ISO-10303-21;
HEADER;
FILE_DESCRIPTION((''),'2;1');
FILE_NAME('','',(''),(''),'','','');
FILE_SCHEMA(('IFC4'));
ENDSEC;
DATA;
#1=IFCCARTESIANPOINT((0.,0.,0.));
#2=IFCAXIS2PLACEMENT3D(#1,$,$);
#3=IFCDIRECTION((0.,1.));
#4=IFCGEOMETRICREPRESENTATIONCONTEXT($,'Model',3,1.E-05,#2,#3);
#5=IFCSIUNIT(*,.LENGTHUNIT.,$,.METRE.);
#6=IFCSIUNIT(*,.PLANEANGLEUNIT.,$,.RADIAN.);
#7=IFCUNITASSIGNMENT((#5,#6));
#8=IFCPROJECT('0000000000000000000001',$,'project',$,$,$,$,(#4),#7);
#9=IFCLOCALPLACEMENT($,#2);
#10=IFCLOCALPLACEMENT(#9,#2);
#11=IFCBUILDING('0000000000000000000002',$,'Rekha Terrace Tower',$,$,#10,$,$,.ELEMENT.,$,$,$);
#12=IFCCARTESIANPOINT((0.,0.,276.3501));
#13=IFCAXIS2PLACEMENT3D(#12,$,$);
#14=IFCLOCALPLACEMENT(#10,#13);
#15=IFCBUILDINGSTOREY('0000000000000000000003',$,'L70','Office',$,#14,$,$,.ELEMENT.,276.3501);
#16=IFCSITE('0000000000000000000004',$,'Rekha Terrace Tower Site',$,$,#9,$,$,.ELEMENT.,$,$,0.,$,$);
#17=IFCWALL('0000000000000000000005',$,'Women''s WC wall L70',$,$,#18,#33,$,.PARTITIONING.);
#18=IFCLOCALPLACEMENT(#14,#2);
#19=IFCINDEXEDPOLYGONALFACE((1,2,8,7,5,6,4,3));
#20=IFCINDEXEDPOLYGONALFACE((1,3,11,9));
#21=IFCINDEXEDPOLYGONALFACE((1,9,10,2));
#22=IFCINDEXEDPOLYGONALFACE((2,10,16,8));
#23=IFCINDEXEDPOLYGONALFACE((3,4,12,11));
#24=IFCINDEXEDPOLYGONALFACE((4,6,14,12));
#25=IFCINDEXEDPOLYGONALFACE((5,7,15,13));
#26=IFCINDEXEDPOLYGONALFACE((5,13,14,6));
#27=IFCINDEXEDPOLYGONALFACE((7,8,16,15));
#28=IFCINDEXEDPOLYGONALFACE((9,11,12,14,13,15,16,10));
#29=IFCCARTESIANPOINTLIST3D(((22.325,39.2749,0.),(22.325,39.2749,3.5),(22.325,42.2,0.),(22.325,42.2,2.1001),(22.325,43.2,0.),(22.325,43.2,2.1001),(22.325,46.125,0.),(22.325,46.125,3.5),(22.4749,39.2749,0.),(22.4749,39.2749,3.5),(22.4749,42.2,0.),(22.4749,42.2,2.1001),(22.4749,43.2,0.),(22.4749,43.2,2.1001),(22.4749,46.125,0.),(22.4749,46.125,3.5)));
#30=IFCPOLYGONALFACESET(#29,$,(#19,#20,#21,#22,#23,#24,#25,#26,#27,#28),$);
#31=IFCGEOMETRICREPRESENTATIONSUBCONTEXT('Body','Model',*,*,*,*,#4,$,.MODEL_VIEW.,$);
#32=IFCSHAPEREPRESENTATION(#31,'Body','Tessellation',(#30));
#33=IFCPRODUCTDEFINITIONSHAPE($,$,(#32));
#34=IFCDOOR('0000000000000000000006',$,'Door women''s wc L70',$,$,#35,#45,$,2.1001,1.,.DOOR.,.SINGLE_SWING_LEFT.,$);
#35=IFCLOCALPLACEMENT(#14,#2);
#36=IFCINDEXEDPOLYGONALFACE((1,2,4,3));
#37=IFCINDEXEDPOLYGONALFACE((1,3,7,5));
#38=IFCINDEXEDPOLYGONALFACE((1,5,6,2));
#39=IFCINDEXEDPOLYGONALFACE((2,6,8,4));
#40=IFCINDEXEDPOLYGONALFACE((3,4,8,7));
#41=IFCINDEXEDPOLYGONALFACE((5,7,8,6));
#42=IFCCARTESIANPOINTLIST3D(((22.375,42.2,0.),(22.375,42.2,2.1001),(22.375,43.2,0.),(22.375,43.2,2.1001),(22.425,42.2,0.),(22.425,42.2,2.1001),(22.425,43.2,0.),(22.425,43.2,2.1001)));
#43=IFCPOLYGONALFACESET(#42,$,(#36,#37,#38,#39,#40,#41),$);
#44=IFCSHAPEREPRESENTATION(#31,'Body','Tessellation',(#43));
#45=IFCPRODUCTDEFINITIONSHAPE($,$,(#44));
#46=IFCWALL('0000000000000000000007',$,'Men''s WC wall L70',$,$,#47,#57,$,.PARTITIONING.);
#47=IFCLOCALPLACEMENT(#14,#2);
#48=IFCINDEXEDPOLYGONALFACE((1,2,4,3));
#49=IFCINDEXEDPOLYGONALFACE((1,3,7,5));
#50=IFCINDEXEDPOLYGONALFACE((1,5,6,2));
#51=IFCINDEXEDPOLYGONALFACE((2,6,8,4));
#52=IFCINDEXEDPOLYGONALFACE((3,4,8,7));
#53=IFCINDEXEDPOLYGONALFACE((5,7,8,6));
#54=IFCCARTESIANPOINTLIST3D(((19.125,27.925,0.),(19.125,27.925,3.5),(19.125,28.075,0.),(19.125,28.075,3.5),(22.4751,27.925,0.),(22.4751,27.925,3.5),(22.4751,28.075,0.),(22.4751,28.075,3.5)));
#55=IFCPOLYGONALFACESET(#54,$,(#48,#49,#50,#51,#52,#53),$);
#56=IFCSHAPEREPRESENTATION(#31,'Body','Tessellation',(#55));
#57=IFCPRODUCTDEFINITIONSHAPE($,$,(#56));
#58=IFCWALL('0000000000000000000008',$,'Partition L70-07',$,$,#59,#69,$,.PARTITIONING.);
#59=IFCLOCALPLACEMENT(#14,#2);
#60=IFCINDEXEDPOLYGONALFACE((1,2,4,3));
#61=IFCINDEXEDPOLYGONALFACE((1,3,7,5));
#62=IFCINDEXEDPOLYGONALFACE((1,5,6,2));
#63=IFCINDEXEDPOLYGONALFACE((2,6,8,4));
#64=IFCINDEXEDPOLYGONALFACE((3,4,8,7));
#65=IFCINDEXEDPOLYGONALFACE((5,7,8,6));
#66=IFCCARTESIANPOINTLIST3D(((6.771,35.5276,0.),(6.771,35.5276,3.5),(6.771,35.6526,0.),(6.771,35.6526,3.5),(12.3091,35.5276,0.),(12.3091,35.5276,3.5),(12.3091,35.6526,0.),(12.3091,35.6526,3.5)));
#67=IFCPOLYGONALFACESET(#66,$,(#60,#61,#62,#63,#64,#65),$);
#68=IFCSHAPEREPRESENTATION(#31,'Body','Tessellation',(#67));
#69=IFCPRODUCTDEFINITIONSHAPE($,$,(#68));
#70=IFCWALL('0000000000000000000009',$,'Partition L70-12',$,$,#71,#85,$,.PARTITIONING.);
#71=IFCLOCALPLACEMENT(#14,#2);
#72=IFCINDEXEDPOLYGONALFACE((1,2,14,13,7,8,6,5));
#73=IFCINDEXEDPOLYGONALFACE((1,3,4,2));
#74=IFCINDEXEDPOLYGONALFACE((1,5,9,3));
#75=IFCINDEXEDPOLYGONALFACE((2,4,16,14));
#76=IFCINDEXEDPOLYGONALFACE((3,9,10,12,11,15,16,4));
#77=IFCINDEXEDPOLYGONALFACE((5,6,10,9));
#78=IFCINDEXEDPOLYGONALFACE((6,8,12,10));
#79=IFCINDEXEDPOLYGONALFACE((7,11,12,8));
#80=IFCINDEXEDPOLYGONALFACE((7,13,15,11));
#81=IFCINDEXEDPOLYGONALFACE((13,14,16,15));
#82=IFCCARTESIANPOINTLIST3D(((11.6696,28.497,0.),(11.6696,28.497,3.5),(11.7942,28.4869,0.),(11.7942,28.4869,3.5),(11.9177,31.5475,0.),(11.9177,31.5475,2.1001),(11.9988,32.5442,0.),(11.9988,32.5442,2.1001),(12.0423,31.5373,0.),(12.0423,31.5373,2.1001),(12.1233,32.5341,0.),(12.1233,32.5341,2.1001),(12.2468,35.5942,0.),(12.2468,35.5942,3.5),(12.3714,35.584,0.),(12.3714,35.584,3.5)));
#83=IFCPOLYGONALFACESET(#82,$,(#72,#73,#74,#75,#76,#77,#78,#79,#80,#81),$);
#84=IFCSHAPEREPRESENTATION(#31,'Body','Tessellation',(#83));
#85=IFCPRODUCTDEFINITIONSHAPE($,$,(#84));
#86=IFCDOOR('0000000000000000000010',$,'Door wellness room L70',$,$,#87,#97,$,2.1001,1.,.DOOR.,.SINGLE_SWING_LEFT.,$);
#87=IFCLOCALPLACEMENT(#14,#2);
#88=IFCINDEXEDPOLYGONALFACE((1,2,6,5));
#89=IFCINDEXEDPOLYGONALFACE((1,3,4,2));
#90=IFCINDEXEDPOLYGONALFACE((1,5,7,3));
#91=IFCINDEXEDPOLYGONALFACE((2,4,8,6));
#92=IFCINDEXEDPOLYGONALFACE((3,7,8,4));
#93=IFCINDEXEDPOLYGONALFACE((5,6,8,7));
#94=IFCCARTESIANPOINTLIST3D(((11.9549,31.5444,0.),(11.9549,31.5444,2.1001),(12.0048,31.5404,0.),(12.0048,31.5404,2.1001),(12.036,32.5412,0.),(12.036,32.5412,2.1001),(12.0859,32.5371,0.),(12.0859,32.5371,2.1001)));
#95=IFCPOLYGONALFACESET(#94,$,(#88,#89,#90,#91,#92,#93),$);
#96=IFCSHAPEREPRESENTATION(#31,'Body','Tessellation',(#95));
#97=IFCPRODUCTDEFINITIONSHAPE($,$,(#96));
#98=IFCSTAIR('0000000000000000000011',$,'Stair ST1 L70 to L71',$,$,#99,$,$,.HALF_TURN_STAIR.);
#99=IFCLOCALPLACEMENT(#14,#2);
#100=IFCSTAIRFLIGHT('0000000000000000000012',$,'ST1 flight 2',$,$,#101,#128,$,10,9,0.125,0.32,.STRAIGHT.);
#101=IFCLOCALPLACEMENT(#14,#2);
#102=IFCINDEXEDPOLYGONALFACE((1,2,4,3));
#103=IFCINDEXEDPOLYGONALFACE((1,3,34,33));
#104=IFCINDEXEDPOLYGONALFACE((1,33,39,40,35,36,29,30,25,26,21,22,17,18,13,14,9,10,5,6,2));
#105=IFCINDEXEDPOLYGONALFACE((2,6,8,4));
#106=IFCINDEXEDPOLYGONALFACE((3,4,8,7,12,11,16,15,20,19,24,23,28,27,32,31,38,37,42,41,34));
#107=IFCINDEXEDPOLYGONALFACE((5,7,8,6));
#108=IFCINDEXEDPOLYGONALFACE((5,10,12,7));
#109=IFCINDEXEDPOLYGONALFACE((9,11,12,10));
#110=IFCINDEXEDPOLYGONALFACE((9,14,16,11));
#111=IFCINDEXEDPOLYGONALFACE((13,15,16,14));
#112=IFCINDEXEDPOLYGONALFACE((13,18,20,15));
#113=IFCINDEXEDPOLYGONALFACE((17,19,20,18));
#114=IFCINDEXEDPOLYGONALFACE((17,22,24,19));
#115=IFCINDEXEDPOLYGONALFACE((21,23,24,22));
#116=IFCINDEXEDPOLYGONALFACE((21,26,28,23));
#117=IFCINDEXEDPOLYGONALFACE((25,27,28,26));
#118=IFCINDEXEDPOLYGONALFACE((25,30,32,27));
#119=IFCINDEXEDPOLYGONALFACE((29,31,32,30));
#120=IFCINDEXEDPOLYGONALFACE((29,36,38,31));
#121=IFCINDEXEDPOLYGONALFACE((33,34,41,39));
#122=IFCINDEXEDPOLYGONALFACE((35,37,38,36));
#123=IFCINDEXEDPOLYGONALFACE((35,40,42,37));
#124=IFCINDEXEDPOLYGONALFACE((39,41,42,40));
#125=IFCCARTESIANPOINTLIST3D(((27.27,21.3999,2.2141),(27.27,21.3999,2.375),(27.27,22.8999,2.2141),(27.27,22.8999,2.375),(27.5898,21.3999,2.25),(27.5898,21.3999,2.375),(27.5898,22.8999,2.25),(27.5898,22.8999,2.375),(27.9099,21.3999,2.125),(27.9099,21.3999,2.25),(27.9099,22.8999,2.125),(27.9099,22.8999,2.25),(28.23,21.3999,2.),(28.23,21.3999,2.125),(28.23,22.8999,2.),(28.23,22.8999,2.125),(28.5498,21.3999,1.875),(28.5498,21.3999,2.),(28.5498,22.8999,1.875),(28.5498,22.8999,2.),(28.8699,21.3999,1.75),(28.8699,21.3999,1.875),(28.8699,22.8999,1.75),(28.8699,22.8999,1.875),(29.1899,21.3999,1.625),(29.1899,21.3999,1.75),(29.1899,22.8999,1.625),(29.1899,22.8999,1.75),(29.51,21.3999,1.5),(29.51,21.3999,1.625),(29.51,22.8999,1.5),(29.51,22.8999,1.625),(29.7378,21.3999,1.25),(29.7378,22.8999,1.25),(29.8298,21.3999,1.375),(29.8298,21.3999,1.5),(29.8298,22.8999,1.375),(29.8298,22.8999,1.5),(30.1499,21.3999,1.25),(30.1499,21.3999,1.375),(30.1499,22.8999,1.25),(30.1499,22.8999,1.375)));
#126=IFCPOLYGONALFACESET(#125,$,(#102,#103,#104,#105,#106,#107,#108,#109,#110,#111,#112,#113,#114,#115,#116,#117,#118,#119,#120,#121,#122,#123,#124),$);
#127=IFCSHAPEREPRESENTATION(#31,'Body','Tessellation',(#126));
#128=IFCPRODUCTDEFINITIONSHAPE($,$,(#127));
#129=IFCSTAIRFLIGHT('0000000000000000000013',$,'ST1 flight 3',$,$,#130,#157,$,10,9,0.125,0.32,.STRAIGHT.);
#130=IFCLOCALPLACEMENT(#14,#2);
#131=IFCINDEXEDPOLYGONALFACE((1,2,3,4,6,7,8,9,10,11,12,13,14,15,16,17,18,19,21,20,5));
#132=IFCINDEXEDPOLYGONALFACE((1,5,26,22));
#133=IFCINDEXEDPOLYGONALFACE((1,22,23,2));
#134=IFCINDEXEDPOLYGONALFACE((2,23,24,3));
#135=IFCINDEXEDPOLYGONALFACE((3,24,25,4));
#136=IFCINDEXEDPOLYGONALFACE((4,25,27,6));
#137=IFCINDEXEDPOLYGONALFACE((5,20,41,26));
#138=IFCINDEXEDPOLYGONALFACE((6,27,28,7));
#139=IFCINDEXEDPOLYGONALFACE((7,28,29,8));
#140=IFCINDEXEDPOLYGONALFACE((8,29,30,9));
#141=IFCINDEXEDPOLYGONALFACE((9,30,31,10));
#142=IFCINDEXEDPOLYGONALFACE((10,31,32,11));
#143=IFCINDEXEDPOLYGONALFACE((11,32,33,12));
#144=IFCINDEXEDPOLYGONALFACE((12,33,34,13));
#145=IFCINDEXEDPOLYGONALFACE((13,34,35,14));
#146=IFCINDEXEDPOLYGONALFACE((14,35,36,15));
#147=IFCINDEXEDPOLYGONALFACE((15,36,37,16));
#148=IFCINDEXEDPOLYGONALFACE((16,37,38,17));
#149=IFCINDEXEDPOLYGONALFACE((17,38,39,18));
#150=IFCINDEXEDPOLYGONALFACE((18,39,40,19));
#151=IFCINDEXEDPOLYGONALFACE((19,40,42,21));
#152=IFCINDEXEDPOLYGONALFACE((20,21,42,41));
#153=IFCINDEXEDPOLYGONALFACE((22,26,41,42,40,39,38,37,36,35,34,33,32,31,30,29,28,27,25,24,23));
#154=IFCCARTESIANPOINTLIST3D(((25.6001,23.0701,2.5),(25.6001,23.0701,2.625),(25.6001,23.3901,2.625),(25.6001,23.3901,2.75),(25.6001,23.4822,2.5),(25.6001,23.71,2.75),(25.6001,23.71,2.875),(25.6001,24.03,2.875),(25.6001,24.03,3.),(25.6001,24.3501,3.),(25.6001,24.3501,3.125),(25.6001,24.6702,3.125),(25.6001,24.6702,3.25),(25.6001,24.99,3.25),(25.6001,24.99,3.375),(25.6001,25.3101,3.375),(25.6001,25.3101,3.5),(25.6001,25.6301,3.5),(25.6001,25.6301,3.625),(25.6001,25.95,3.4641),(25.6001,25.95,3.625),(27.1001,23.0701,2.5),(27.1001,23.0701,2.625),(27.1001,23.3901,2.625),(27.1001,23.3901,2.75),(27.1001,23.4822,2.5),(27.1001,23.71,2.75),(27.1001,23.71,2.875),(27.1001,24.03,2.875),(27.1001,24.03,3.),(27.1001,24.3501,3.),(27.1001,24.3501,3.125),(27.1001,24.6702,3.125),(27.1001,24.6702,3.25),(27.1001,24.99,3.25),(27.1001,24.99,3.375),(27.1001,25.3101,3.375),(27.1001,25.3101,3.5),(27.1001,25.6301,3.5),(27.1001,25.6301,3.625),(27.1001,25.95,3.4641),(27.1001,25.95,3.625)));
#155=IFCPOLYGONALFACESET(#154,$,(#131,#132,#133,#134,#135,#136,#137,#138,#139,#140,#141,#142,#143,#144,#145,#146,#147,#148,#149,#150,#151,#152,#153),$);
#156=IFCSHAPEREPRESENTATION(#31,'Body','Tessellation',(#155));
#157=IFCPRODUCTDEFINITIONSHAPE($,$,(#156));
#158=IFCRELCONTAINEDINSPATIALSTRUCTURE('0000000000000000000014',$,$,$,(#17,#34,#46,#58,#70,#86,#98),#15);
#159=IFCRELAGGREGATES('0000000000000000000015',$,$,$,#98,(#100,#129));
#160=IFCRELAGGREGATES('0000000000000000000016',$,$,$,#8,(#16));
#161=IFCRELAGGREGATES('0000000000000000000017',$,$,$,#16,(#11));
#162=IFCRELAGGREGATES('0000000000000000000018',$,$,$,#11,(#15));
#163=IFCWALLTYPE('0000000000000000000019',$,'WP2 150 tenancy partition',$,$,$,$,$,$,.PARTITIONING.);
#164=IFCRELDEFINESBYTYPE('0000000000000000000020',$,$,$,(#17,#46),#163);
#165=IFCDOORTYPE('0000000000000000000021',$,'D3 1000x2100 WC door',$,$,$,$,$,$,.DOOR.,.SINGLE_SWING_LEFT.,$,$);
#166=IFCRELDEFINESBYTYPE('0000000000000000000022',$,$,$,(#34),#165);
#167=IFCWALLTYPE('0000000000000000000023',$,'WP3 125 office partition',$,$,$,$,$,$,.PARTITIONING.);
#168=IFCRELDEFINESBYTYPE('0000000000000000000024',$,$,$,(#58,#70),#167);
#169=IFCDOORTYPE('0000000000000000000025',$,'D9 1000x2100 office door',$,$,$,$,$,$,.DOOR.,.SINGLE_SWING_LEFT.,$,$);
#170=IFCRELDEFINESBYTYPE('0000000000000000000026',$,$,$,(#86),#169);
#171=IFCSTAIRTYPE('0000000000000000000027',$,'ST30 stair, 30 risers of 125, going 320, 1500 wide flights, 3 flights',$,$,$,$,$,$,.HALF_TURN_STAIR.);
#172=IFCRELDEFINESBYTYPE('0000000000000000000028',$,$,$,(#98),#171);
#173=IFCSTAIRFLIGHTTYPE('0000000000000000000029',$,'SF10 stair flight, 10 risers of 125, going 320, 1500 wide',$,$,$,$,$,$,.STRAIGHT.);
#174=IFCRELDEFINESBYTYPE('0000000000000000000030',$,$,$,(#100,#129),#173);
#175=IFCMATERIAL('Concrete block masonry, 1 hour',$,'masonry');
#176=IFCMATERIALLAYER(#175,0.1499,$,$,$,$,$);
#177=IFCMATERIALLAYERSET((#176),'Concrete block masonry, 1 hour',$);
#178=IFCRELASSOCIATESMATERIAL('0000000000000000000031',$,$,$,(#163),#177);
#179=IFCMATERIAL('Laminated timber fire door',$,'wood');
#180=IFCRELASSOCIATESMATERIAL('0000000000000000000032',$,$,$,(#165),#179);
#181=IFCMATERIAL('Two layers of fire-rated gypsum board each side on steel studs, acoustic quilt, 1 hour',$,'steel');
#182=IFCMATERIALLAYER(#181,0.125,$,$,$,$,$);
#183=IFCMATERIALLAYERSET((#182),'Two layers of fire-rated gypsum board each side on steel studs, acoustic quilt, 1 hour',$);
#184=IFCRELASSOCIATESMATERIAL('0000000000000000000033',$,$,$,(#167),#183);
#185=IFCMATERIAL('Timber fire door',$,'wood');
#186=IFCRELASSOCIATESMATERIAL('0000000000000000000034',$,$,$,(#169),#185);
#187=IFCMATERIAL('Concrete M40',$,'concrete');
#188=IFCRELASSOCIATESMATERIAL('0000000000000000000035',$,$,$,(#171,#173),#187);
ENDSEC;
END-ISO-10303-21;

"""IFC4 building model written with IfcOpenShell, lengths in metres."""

from ifc_helpers import new_model, si_unit, direction, frame, frame_2d, origin, place, context, subcontext, project, spatial, polyline, rectangle, outline, extrude, material, layer, layer_set, type_object, element, fill, aggregate, save


model = new_model("IFC4")

# Units and contexts
model_context = context("Model", 3, precision=1e-05, world=origin(), true_north=direction((0.0, 1.0)))
body_context = subcontext(model_context, "Body", "Model", "MODEL_VIEW")
ifc_project = project(units=[si_unit("LENGTHUNIT", "METRE"), si_unit("PLANEANGLEUNIT", "RADIAN")], contexts=[model_context])

# Site, building, storey
site_placement = place(None, origin())
site = spatial("IfcSite", under=ifc_project, at=site_placement, Name="Rekha Terrace Tower Site", CompositionType="ELEMENT", RefElevation=0.0)
building_placement = place(site_placement, origin())
building = spatial("IfcBuilding", under=site, at=building_placement, Name="Rekha Terrace Tower", CompositionType="ELEMENT")
storey_placement = place(building_placement, frame((0.0, 0.0, 276.3501)))
storey = spatial("IfcBuildingStorey", under=building, at=storey_placement, Name="L70", Description="Office", CompositionType="ELEMENT", Elevation=276.3501)

# Shared definitions
ifc_material_1 = material(Name="Concrete block masonry, 1 hour", Category="masonry")
ifc_layer_1 = layer(ifc_material_1, 0.1499)
ifc_layer_set_1 = layer_set([ifc_layer_1], Name="Concrete block masonry, 1 hour")
wall_type_1 = type_object("IfcWallType", Name="WP2 150 tenancy partition", PredefinedType="PARTITIONING", material=ifc_layer_set_1)

# Wall, opening, door
wall_1_placement = place(storey_placement, frame((22.3999, 39.2749, 0.0), z_axis=(0.0, 0.0, 1.0), x_axis=(0.0, 1.0, 0.0)))
wall_1 = element("IfcWall", 1, at=wall_1_placement, inside=storey, type_object=wall_type_1, Name="Women's WC wall L70", PredefinedType="PARTITIONING", context=body_context, shape_type="SweptSolid", body=[
    extrude(rectangle(XDim=6.8501, YDim=0.1499, at=frame_2d((3.425, 0.0))), origin(), (0.0, 0.0, 1.0), 3.5),
])
opening_1_placement = place(wall_1_placement, frame((2.925, 0.0, 0.0)))
opening_1 = element("IfcOpeningElement", 2, at=opening_1_placement, cuts=wall_1, PredefinedType="OPENING", context=body_context, shape_type="SweptSolid", body=[
    extrude(rectangle(XDim=1.0, YDim=2.1001, at=frame_2d((0.5, 1.05))), frame((0.0, 0.085, 0.0), z_axis=(0.0, -1.0, 0.0), x_axis=(1.0, 0.0, 0.0)), (0.0, 0.0, 1.0), 0.1699),
])
ifc_material_2 = material(Name="Laminated timber fire door", Category="wood")
door_type_1 = type_object("IfcDoorType", Name="D3 1000x2100 WC door", OperationType="SINGLE_SWING_LEFT", PredefinedType="DOOR", material=ifc_material_2)
door_1_placement = place(opening_1_placement, origin())
door_1 = element("IfcDoor", 3, at=door_1_placement, inside=storey, type_object=door_type_1, Name="Door women's wc L70", OperationType="SINGLE_SWING_LEFT", OverallHeight=2.1001, OverallWidth=1.0, PredefinedType="DOOR", context=body_context, shape_type="SweptSolid", body=[
    extrude(rectangle(XDim=1.0, YDim=2.1001, at=frame_2d((0.5, 1.05))), frame((0.0, 0.0249, 0.0), z_axis=(0.0, -1.0, 0.0), x_axis=(1.0, 0.0, 0.0)), (0.0, 0.0, 1.0), 0.05),
])
fill(opening_1, door_1)

# Walls
wall_2_placement = place(storey_placement, frame((19.125, 28.0, 0.0), z_axis=(0.0, 0.0, 1.0), x_axis=(1.0, 0.0, 0.0)))
element("IfcWall", 4, at=wall_2_placement, inside=storey, type_object=wall_type_1, Name="Men's WC wall L70", PredefinedType="PARTITIONING", context=body_context, shape_type="SweptSolid", body=[
    extrude(rectangle(XDim=3.3501, YDim=0.1499, at=frame_2d((1.675, 0.0))), origin(), (0.0, 0.0, 1.0), 3.5),
])
ifc_material_3 = material(Name="Two layers of fire-rated gypsum board each side on steel studs, acoustic quilt, 1 hour", Category="steel")
ifc_layer_2 = layer(ifc_material_3, 0.125)
ifc_layer_set_2 = layer_set([ifc_layer_2], Name="Two layers of fire-rated gypsum board each side on steel studs, acoustic quilt, 1 hour")
wall_type_2 = type_object("IfcWallType", Name="WP3 125 office partition", PredefinedType="PARTITIONING", material=ifc_layer_set_2)
wall_3_placement = place(storey_placement, frame((12.3091, 35.5901, 0.0), z_axis=(0.0, 0.0, 1.0), x_axis=(-1.0, 0.0, 0.0)))
element("IfcWall", 5, at=wall_3_placement, inside=storey, type_object=wall_type_2, Name="Partition L70-07", PredefinedType="PARTITIONING", context=body_context, shape_type="SweptSolid", body=[
    extrude(rectangle(XDim=5.5381, YDim=0.125, at=frame_2d((2.769, 0.0))), origin(), (0.0, 0.0, 1.0), 3.5),
])

# Wall, opening, door
wall_4_placement = place(storey_placement, frame((12.3091, 35.5891, 0.0), z_axis=(0.0, 0.0, 1.0), x_axis=(-0.081053, -0.99671, 0.0)))
wall_4 = element("IfcWall", 6, at=wall_4_placement, inside=storey, type_object=wall_type_2, Name="Partition L70-12", PredefinedType="PARTITIONING", context=body_context, shape_type="SweptSolid", body=[
    extrude(rectangle(XDim=7.1206, YDim=0.125, at=frame_2d((3.5603, 0.0))), origin(), (0.0, 0.0, 1.0), 3.5),
])
opening_2_placement = place(wall_4_placement, frame((3.0601, 0.0, 0.0)))
opening_2 = element("IfcOpeningElement", 7, at=opening_2_placement, cuts=wall_4, PredefinedType="OPENING", context=body_context, shape_type="SweptSolid", body=[
    extrude(rectangle(XDim=1.0, YDim=2.1001, at=frame_2d((0.5, 1.05))), frame((0.0, 0.0725, 0.0), z_axis=(0.0, -1.0, 0.0), x_axis=(1.0, 0.0, 0.0)), (0.0, 0.0, 1.0), 0.145),
])
ifc_material_4 = material(Name="Timber fire door", Category="wood")
door_type_2 = type_object("IfcDoorType", Name="D9 1000x2100 office door", OperationType="SINGLE_SWING_LEFT", PredefinedType="DOOR", material=ifc_material_4)
door_2_placement = place(opening_2_placement, origin())
door_2 = element("IfcDoor", 8, at=door_2_placement, inside=storey, type_object=door_type_2, Name="Door wellness room L70", OperationType="SINGLE_SWING_LEFT", OverallHeight=2.1001, OverallWidth=1.0, PredefinedType="DOOR", context=body_context, shape_type="SweptSolid", body=[
    extrude(rectangle(XDim=1.0, YDim=2.1001, at=frame_2d((0.5, 1.05))), frame((0.0, 0.0249, 0.0), z_axis=(0.0, -1.0, 0.0), x_axis=(1.0, 0.0, 0.0)), (0.0, 0.0, 1.0), 0.05),
])
fill(opening_2, door_2)

# Stair, stair flights
ifc_material_5 = material(Name="Concrete M40", Category="concrete")
stair_type = type_object("IfcStairType", Name="ST30 stair, 30 risers of 125, going 320, 1500 wide flights, 3 flights", PredefinedType="HALF_TURN_STAIR", material=ifc_material_5)
stair_1_placement = place(storey_placement, origin())
stair_1 = element("IfcStair", 9, at=stair_1_placement, inside=storey, type_object=stair_type, Name="Stair ST1 L70 to L71", PredefinedType="HALF_TURN_STAIR")
stair_flight_type = type_object("IfcStairFlightType", Name="SF10 stair flight, 10 risers of 125, going 320, 1500 wide", PredefinedType="STRAIGHT", material=ifc_material_5)
stair_flight_1_placement = place(storey_placement, frame((30.1499, 22.1499, 1.25), z_axis=(0.0, 0.0, 1.0), x_axis=(-1.0, 0.0, 0.0)))
stair_flight_1 = element("IfcStairFlight", 10, at=stair_flight_1_placement, type_object=stair_flight_type, Name="ST1 flight 2", NumberOfRisers=10, NumberOfTreads=9, PredefinedType="STRAIGHT", RiserHeight=0.125, TreadLength=0.32, context=body_context, shape_type="SweptSolid", body=[
    extrude(outline(polyline([(0.0, 0.0), (0.0, 0.125), (0.3201, 0.125), (0.3201, 0.25), (0.6399, 0.25), (0.6399, 0.375), (0.96, 0.375), (0.96, 0.5), (1.28, 0.5), (1.28, 0.625), (1.6001, 0.625), (1.6001, 0.75), (1.9199, 0.75), (1.9199, 0.875), (2.24, 0.875), (2.24, 1.0), (2.5601, 1.0), (2.5601, 1.125), (2.8799, 1.125), (2.8799, 1.25), (2.8799, 0.9641), (0.4121, 0.0), (0.0, 0.0)])), frame((0.0, 0.75, 0.0), z_axis=(0.0, -1.0, 0.0), x_axis=(1.0, 0.0, 0.0)), (0.0, 0.0, 1.0), 1.5),
])
stair_flight_2_placement = place(storey_placement, frame((26.3501, 23.0701, 2.5), z_axis=(0.0, 0.0, 1.0), x_axis=(0.0, 1.0, 0.0)))
stair_flight_2 = element("IfcStairFlight", 11, at=stair_flight_2_placement, type_object=stair_flight_type, Name="ST1 flight 3", NumberOfRisers=10, NumberOfTreads=9, PredefinedType="STRAIGHT", RiserHeight=0.125, TreadLength=0.32, context=body_context, shape_type="SweptSolid", body=[
    extrude(outline(polyline([(0.0, 0.0), (0.0, 0.125), (0.3201, 0.125), (0.3201, 0.25), (0.6399, 0.25), (0.6399, 0.375), (0.96, 0.375), (0.96, 0.5), (1.28, 0.5), (1.28, 0.625), (1.6001, 0.625), (1.6001, 0.75), (1.9199, 0.75), (1.9199, 0.875), (2.24, 0.875), (2.24, 1.0), (2.5601, 1.0), (2.5601, 1.125), (2.8799, 1.125), (2.8799, 1.25), (2.8799, 0.9641), (0.4121, 0.0), (0.0, 0.0)])), frame((0.0, 0.75, 0.0), z_axis=(0.0, -1.0, 0.0), x_axis=(1.0, 0.0, 0.0)), (0.0, 0.0, 1.0), 1.5),
])
aggregate(stair_1, [stair_flight_1, stair_flight_2])

save(model, "model.ifc")
